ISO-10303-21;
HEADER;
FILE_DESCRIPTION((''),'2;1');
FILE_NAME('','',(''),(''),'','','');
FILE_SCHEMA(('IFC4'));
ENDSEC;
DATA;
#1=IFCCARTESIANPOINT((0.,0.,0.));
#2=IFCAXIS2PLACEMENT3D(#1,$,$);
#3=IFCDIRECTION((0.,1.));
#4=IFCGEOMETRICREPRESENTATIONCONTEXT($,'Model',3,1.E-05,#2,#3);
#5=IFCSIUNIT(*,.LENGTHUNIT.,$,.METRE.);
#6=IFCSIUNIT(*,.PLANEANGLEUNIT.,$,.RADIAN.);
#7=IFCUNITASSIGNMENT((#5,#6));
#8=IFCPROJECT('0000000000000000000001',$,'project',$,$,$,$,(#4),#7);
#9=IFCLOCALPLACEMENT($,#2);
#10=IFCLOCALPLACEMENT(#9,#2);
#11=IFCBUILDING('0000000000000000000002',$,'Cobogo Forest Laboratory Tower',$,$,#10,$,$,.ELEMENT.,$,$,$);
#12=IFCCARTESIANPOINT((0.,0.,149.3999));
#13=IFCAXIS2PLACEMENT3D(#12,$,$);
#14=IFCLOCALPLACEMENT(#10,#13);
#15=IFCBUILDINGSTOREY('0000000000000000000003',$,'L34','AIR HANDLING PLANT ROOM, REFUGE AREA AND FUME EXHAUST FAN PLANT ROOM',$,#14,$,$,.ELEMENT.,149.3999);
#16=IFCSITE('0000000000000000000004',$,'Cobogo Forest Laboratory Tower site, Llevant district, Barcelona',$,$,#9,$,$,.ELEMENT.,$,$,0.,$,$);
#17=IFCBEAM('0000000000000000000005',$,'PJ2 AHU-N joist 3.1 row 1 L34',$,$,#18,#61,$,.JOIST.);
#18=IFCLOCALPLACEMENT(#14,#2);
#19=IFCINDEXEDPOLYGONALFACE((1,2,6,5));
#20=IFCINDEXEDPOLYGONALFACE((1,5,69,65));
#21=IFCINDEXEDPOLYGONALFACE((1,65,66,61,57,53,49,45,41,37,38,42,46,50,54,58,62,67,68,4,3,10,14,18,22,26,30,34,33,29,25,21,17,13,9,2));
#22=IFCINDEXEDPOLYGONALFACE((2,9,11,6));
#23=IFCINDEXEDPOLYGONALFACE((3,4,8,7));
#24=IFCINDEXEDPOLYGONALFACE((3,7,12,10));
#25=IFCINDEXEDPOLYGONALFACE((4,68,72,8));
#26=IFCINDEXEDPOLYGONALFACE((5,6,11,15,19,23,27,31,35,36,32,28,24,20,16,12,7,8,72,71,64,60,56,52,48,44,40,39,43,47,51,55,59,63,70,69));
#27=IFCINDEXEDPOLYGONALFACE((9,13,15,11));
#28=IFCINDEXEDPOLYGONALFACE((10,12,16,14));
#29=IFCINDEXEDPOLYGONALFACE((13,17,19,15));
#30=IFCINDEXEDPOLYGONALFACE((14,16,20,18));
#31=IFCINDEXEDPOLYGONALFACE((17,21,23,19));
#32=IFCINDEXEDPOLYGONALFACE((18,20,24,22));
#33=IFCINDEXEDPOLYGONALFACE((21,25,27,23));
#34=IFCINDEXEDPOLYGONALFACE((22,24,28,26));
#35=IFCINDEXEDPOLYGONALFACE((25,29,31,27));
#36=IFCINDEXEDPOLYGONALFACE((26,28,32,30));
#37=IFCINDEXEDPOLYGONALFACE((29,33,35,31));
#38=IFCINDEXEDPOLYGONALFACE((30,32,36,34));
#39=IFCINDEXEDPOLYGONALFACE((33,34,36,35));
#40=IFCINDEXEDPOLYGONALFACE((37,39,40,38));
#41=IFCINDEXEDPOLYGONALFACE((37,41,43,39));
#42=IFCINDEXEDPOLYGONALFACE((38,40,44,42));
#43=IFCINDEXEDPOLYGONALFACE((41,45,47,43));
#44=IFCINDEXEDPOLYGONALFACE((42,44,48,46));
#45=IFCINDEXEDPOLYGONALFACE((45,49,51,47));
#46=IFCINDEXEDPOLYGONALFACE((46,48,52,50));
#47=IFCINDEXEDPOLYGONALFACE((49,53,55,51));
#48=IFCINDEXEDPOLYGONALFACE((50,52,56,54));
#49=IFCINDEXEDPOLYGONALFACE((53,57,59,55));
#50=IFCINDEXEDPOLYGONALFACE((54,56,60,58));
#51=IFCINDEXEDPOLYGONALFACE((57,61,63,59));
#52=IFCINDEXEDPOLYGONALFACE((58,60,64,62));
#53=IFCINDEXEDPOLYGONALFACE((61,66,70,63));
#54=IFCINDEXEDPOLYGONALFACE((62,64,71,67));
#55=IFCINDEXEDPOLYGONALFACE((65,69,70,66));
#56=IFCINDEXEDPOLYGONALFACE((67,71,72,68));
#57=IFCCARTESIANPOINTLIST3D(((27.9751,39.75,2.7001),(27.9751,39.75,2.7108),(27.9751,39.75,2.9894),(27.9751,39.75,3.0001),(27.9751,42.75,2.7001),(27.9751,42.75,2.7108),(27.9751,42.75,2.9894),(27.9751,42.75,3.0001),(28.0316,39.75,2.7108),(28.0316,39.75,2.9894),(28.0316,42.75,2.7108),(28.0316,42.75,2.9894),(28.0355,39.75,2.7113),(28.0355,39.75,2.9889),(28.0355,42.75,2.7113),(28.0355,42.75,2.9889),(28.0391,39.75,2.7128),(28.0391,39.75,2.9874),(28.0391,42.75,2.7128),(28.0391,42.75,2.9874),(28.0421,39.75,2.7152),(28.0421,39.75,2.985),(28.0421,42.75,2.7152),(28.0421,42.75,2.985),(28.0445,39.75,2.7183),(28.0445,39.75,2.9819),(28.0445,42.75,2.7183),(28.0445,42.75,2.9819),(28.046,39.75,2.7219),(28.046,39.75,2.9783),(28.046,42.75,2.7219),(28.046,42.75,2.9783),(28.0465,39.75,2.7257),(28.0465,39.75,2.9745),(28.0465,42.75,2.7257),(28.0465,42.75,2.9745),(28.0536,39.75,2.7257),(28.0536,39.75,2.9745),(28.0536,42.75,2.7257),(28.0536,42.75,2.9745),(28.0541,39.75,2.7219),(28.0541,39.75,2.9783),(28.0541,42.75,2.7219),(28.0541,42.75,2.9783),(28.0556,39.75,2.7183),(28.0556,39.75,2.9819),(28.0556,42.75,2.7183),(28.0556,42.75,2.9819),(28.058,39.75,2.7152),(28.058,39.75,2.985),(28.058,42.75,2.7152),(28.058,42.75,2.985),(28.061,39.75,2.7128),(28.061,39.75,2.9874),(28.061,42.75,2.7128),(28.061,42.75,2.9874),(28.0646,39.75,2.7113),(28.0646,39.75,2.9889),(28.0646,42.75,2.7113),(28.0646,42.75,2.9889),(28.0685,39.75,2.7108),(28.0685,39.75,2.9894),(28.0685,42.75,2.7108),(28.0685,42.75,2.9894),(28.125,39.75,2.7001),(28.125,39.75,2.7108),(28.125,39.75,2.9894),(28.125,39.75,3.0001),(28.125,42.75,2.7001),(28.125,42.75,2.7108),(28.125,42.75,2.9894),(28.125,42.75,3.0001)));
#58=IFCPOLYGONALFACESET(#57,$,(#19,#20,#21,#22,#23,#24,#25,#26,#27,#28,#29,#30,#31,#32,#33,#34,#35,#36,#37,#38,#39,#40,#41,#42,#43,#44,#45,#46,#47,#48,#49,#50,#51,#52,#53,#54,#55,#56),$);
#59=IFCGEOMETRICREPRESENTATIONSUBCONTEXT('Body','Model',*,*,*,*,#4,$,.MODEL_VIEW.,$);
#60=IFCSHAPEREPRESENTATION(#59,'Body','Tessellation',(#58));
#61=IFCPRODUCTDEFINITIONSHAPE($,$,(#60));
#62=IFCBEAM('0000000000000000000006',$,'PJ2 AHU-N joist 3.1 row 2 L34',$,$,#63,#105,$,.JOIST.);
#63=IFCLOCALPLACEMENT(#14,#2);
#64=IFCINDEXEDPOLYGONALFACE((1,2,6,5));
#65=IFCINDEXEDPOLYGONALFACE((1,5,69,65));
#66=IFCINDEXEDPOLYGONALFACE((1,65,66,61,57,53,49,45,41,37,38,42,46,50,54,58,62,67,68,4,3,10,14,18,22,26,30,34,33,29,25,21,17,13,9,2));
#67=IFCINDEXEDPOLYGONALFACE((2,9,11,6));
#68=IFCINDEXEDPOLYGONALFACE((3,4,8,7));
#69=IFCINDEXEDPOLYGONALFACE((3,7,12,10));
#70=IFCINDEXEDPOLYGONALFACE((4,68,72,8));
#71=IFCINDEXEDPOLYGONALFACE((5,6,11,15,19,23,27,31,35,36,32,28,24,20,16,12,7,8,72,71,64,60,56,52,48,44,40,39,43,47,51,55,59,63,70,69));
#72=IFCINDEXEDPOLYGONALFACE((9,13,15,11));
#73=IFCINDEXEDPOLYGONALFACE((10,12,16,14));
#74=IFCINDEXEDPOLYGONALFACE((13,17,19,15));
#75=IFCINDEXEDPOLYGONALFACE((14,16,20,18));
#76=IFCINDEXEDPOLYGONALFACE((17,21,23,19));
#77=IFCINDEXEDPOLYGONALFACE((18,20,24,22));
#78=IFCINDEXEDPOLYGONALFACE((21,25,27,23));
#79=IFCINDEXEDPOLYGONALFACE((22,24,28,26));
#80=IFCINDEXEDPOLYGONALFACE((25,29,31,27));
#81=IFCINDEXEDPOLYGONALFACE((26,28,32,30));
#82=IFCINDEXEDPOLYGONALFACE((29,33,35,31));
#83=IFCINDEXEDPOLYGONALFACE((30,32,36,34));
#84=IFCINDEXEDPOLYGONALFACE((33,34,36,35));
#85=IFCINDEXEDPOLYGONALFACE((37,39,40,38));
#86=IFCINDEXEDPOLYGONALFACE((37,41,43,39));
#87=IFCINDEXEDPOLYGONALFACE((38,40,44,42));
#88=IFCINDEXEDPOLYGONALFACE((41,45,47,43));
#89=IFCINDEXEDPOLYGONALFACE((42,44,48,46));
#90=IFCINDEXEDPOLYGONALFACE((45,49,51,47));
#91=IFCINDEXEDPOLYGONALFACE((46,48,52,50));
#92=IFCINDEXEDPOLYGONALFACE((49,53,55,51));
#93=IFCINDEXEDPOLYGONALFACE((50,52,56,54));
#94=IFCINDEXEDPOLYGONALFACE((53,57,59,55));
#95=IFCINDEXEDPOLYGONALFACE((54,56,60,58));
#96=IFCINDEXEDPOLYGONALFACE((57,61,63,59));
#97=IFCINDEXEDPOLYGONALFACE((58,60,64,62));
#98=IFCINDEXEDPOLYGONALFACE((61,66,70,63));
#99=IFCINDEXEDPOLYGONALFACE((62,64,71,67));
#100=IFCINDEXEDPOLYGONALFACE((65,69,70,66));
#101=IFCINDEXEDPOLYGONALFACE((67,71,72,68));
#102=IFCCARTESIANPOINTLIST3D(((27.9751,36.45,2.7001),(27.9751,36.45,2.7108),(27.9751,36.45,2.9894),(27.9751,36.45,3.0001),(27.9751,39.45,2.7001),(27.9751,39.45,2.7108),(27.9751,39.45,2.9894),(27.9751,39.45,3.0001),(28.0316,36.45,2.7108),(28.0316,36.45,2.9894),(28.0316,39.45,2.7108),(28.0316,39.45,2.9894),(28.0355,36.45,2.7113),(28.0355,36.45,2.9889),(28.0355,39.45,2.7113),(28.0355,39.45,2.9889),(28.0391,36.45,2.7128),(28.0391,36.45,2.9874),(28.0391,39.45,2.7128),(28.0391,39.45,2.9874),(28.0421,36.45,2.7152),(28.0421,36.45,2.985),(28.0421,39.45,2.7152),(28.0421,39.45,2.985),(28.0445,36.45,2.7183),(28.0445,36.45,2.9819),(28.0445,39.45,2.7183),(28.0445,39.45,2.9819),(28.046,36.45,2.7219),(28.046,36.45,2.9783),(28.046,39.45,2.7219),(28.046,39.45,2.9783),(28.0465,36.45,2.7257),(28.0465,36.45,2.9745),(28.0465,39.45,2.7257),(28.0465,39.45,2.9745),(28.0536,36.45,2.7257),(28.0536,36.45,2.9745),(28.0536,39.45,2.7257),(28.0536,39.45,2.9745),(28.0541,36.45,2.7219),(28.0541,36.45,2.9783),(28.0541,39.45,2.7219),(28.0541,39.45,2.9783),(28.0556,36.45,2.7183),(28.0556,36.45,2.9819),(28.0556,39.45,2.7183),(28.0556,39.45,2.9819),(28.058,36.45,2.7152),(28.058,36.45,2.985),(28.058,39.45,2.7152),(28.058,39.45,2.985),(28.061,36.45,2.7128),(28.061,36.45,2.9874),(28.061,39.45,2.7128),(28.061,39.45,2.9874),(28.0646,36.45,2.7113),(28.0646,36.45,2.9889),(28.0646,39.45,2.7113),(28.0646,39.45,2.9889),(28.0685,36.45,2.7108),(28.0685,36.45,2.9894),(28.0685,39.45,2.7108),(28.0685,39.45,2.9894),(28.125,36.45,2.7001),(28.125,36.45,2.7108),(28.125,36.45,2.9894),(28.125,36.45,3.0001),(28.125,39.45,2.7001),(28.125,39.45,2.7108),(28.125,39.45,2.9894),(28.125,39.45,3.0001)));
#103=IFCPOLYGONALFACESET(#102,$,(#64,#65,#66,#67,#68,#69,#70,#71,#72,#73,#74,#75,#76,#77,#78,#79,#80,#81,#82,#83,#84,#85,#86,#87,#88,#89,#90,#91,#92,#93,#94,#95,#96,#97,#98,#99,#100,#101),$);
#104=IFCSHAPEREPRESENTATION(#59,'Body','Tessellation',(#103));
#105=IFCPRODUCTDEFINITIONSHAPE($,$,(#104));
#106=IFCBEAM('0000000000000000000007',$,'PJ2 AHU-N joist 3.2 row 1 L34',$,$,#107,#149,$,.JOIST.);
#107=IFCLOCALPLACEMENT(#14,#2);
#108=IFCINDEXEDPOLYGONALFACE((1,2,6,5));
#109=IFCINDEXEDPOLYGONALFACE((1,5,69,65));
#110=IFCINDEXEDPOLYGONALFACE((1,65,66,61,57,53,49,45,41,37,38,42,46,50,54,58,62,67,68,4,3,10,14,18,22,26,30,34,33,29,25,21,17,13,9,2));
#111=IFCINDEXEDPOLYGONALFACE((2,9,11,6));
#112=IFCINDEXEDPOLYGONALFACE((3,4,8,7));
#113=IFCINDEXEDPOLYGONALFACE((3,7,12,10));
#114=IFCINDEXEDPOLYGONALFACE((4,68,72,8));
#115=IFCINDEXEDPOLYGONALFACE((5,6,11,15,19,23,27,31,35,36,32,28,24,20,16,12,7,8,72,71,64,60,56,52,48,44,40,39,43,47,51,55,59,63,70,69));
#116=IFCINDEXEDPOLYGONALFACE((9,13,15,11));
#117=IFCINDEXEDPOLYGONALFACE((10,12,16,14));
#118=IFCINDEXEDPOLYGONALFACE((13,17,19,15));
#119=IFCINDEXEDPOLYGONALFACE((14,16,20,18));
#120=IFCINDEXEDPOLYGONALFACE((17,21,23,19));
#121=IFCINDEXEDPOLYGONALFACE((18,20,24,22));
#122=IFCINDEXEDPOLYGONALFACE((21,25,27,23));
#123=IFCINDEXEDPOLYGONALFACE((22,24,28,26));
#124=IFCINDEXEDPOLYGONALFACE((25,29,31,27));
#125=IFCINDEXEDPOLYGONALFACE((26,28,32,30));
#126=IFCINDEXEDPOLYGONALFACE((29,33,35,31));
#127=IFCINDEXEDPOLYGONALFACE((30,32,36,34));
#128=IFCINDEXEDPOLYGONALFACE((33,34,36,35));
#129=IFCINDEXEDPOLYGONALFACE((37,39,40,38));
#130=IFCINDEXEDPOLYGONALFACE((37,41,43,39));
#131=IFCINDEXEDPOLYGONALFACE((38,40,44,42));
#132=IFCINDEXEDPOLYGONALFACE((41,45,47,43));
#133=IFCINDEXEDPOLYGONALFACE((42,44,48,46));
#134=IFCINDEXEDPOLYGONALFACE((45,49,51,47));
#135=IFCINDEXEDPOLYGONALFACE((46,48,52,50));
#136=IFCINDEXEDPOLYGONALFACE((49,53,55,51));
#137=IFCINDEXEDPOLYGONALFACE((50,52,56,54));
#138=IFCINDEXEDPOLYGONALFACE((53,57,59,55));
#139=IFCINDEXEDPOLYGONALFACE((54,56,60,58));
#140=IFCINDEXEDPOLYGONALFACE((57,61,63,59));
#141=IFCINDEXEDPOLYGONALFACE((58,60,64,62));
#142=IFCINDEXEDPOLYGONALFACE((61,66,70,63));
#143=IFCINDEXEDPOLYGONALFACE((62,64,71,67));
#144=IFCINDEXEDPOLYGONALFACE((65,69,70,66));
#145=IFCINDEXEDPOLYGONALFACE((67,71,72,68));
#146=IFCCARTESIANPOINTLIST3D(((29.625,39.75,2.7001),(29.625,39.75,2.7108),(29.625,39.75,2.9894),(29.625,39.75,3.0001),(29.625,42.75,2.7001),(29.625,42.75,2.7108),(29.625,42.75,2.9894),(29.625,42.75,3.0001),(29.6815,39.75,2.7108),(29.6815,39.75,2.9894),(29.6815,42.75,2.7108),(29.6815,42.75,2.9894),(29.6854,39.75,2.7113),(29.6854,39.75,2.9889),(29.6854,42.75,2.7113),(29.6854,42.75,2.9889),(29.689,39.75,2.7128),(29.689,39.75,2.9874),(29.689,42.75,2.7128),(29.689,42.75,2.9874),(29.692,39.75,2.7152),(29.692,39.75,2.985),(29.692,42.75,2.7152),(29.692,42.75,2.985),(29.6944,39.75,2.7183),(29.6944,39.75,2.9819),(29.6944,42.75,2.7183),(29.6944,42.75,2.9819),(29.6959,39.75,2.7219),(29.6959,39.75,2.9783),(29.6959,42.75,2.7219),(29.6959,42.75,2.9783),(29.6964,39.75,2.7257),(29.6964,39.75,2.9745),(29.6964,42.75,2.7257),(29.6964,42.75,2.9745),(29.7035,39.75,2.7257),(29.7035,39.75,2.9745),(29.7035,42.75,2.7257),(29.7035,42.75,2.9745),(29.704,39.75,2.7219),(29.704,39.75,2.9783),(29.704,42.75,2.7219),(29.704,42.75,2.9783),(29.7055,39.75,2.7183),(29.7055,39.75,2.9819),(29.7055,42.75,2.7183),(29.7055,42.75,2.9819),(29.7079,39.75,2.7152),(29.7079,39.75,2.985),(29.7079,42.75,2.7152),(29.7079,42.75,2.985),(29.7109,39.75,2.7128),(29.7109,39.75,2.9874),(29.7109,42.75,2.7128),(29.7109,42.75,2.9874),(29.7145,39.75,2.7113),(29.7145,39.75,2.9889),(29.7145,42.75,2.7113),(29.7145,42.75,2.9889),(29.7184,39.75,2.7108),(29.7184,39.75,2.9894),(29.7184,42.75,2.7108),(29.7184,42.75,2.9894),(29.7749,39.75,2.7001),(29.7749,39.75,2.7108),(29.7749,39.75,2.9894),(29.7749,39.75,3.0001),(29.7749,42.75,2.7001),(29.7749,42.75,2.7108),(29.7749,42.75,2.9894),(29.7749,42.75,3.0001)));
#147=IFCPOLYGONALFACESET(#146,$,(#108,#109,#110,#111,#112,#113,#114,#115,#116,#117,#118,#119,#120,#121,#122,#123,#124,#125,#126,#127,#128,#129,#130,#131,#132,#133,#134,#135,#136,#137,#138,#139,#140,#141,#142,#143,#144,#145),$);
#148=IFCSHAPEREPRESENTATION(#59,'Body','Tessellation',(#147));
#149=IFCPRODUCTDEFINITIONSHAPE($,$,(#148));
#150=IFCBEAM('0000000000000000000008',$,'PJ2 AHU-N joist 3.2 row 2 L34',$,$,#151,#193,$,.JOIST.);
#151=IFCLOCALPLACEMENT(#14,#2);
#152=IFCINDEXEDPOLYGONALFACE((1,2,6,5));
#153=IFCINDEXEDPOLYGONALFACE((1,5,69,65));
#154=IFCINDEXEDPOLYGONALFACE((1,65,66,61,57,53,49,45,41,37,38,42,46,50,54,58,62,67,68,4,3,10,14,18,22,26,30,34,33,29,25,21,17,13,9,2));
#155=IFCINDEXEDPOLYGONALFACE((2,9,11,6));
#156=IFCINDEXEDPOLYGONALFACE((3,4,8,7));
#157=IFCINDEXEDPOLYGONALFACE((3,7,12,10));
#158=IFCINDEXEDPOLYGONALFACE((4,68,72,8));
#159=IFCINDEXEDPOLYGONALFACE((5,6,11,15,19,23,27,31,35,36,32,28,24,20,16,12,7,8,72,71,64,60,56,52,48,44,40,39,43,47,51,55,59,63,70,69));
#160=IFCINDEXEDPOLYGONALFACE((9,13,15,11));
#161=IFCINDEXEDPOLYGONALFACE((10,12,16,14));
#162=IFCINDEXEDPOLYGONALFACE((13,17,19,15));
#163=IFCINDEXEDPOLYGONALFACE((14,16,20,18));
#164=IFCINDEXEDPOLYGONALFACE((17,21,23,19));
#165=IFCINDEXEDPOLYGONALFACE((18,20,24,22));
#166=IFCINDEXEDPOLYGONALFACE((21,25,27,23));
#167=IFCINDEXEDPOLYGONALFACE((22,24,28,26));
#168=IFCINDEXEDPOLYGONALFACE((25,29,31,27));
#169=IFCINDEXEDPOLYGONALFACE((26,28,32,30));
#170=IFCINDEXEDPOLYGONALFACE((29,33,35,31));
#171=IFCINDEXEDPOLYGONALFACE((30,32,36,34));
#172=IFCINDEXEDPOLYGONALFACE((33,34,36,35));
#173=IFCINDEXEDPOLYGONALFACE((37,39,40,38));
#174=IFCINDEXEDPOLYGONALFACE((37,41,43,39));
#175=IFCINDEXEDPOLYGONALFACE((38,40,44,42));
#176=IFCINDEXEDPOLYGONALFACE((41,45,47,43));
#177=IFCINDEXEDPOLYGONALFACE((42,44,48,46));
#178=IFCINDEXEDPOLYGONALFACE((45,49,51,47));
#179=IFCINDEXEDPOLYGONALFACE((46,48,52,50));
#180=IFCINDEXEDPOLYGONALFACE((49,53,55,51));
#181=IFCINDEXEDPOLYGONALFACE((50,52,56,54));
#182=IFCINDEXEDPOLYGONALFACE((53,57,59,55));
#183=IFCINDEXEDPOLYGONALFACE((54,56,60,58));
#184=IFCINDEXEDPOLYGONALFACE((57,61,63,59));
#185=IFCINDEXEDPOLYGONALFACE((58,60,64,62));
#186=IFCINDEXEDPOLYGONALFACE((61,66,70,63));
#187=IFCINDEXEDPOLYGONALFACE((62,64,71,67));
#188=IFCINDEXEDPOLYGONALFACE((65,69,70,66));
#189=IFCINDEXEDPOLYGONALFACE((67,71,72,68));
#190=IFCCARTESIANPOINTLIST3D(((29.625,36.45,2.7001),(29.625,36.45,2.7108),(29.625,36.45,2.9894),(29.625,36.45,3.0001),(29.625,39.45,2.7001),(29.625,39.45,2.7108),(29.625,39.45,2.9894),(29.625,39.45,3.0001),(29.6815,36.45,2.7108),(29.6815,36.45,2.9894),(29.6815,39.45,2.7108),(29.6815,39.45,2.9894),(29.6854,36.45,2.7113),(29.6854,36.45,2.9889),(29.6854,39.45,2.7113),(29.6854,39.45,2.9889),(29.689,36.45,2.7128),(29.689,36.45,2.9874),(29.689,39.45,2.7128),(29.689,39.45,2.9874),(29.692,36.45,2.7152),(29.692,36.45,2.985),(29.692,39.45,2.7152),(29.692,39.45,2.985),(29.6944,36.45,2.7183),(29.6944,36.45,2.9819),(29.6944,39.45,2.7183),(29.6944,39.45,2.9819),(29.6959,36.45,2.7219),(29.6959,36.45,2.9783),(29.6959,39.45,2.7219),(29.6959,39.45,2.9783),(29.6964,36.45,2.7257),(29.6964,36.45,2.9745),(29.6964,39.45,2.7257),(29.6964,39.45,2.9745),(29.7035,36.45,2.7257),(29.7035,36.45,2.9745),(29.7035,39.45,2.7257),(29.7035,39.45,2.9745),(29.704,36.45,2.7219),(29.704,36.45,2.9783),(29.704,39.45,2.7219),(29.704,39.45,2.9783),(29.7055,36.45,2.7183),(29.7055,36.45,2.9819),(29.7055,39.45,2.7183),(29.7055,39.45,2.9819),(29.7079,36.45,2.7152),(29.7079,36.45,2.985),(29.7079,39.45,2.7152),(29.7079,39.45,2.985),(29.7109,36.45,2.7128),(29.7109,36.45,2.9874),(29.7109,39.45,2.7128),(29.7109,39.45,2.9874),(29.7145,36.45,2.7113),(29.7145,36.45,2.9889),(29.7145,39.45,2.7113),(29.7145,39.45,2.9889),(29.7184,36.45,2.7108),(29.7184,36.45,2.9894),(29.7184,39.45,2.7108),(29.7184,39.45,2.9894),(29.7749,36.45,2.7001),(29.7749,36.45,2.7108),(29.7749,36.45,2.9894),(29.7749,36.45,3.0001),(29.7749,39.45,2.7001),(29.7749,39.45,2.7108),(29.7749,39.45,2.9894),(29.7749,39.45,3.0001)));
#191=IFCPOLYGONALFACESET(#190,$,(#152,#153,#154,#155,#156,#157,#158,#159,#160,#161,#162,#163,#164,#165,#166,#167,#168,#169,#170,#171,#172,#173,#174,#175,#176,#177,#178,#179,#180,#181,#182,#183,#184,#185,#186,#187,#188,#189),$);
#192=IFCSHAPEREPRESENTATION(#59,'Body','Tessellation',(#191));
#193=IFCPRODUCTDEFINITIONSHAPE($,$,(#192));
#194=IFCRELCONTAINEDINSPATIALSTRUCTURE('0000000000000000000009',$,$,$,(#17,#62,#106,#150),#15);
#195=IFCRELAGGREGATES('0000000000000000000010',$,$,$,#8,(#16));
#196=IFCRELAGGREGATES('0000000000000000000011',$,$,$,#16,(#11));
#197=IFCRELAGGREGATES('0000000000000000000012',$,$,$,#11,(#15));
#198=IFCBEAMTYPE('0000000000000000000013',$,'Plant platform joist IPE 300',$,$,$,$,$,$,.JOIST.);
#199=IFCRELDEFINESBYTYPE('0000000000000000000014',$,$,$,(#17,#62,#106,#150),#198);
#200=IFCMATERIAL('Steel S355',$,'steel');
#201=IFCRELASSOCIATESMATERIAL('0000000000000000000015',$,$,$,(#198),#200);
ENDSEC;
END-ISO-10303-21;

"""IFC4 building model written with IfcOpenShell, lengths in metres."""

from ifc_helpers import new_model, si_unit, direction, frame, origin, origin_2d, place, context, subcontext, project, spatial, i_section, extrude, material, material_profile, profile_set, type_object, element, save


model = new_model("IFC4")

# Units and contexts
model_context = context("Model", 3, precision=1e-05, world=origin(), true_north=direction((0.0, 1.0)))
body_context = subcontext(model_context, "Body", "Model", "MODEL_VIEW")
ifc_project = project(units=[si_unit("LENGTHUNIT", "METRE"), si_unit("PLANEANGLEUNIT", "RADIAN")], contexts=[model_context])

# Site, building, storey
site_placement = place(None, origin())
site = spatial("IfcSite", under=ifc_project, at=site_placement, Name="Cobogo Forest Laboratory Tower site, Llevant district, Barcelona", CompositionType="ELEMENT", RefElevation=0.0)
building_placement = place(site_placement, origin())
building = spatial("IfcBuilding", under=site, at=building_placement, Name="Cobogo Forest Laboratory Tower", CompositionType="ELEMENT")
storey_placement = place(building_placement, frame((0.0, 0.0, 149.3999)))
storey = spatial("IfcBuildingStorey", under=building, at=storey_placement, Name="L34", Description="AIR HANDLING PLANT ROOM, REFUGE AREA AND FUME EXHAUST FAN PLANT ROOM", CompositionType="ELEMENT", Elevation=149.3999)

# Beams
ifc_material = material(Name="Steel S355", Category="steel")
ifc_material_profile_1 = material_profile(ifc_material, i_section(OverallWidth=0.1499, OverallDepth=0.3, WebThickness=0.0071, FlangeThickness=0.0107, FilletRadius=0.0149, at=origin_2d()), Name="IPE 300")
ifc_profile_set_1 = profile_set([ifc_material_profile_1], Name="Steel S355")
beam_type_1 = type_object("IfcBeamType", Name="Plant platform joist IPE 300", PredefinedType="JOIST", material=ifc_profile_set_1)
for number, where, z_axis, x_axis, name in (
    (1, (28.05, 42.75, 2.8501), (0.0, -1.0, 0.0), (1.0, 0.0, 0.0), "PJ2 AHU-N joist 3.1 row 1 L34"),
    (2, (28.05, 39.45, 2.8501), (0.0, -1.0, 0.0), (1.0, 0.0, 0.0), "PJ2 AHU-N joist 3.1 row 2 L34"),
    (3, (29.7, 42.75, 2.8501), (0.0, -1.0, 0.0), (1.0, 0.0, 0.0), "PJ2 AHU-N joist 3.2 row 1 L34"),
    (4, (29.7, 39.45, 2.8501), (0.0, -1.0, 0.0), (1.0, 0.0, 0.0), "PJ2 AHU-N joist 3.2 row 2 L34"),
):
    element("IfcBeam", number, at=place(storey_placement, frame(where, z_axis=z_axis, x_axis=x_axis)), inside=storey, type_object=beam_type_1, Name=name, PredefinedType="JOIST", context=body_context, shape_type="SweptSolid", body=[
        extrude(i_section(OverallWidth=0.1499, OverallDepth=0.3, WebThickness=0.0071, FlangeThickness=0.0107, FilletRadius=0.0149, at=origin_2d()), origin(), (0.0, 0.0, 1.0), 3.0),
    ])

save(model, "model.ifc")
